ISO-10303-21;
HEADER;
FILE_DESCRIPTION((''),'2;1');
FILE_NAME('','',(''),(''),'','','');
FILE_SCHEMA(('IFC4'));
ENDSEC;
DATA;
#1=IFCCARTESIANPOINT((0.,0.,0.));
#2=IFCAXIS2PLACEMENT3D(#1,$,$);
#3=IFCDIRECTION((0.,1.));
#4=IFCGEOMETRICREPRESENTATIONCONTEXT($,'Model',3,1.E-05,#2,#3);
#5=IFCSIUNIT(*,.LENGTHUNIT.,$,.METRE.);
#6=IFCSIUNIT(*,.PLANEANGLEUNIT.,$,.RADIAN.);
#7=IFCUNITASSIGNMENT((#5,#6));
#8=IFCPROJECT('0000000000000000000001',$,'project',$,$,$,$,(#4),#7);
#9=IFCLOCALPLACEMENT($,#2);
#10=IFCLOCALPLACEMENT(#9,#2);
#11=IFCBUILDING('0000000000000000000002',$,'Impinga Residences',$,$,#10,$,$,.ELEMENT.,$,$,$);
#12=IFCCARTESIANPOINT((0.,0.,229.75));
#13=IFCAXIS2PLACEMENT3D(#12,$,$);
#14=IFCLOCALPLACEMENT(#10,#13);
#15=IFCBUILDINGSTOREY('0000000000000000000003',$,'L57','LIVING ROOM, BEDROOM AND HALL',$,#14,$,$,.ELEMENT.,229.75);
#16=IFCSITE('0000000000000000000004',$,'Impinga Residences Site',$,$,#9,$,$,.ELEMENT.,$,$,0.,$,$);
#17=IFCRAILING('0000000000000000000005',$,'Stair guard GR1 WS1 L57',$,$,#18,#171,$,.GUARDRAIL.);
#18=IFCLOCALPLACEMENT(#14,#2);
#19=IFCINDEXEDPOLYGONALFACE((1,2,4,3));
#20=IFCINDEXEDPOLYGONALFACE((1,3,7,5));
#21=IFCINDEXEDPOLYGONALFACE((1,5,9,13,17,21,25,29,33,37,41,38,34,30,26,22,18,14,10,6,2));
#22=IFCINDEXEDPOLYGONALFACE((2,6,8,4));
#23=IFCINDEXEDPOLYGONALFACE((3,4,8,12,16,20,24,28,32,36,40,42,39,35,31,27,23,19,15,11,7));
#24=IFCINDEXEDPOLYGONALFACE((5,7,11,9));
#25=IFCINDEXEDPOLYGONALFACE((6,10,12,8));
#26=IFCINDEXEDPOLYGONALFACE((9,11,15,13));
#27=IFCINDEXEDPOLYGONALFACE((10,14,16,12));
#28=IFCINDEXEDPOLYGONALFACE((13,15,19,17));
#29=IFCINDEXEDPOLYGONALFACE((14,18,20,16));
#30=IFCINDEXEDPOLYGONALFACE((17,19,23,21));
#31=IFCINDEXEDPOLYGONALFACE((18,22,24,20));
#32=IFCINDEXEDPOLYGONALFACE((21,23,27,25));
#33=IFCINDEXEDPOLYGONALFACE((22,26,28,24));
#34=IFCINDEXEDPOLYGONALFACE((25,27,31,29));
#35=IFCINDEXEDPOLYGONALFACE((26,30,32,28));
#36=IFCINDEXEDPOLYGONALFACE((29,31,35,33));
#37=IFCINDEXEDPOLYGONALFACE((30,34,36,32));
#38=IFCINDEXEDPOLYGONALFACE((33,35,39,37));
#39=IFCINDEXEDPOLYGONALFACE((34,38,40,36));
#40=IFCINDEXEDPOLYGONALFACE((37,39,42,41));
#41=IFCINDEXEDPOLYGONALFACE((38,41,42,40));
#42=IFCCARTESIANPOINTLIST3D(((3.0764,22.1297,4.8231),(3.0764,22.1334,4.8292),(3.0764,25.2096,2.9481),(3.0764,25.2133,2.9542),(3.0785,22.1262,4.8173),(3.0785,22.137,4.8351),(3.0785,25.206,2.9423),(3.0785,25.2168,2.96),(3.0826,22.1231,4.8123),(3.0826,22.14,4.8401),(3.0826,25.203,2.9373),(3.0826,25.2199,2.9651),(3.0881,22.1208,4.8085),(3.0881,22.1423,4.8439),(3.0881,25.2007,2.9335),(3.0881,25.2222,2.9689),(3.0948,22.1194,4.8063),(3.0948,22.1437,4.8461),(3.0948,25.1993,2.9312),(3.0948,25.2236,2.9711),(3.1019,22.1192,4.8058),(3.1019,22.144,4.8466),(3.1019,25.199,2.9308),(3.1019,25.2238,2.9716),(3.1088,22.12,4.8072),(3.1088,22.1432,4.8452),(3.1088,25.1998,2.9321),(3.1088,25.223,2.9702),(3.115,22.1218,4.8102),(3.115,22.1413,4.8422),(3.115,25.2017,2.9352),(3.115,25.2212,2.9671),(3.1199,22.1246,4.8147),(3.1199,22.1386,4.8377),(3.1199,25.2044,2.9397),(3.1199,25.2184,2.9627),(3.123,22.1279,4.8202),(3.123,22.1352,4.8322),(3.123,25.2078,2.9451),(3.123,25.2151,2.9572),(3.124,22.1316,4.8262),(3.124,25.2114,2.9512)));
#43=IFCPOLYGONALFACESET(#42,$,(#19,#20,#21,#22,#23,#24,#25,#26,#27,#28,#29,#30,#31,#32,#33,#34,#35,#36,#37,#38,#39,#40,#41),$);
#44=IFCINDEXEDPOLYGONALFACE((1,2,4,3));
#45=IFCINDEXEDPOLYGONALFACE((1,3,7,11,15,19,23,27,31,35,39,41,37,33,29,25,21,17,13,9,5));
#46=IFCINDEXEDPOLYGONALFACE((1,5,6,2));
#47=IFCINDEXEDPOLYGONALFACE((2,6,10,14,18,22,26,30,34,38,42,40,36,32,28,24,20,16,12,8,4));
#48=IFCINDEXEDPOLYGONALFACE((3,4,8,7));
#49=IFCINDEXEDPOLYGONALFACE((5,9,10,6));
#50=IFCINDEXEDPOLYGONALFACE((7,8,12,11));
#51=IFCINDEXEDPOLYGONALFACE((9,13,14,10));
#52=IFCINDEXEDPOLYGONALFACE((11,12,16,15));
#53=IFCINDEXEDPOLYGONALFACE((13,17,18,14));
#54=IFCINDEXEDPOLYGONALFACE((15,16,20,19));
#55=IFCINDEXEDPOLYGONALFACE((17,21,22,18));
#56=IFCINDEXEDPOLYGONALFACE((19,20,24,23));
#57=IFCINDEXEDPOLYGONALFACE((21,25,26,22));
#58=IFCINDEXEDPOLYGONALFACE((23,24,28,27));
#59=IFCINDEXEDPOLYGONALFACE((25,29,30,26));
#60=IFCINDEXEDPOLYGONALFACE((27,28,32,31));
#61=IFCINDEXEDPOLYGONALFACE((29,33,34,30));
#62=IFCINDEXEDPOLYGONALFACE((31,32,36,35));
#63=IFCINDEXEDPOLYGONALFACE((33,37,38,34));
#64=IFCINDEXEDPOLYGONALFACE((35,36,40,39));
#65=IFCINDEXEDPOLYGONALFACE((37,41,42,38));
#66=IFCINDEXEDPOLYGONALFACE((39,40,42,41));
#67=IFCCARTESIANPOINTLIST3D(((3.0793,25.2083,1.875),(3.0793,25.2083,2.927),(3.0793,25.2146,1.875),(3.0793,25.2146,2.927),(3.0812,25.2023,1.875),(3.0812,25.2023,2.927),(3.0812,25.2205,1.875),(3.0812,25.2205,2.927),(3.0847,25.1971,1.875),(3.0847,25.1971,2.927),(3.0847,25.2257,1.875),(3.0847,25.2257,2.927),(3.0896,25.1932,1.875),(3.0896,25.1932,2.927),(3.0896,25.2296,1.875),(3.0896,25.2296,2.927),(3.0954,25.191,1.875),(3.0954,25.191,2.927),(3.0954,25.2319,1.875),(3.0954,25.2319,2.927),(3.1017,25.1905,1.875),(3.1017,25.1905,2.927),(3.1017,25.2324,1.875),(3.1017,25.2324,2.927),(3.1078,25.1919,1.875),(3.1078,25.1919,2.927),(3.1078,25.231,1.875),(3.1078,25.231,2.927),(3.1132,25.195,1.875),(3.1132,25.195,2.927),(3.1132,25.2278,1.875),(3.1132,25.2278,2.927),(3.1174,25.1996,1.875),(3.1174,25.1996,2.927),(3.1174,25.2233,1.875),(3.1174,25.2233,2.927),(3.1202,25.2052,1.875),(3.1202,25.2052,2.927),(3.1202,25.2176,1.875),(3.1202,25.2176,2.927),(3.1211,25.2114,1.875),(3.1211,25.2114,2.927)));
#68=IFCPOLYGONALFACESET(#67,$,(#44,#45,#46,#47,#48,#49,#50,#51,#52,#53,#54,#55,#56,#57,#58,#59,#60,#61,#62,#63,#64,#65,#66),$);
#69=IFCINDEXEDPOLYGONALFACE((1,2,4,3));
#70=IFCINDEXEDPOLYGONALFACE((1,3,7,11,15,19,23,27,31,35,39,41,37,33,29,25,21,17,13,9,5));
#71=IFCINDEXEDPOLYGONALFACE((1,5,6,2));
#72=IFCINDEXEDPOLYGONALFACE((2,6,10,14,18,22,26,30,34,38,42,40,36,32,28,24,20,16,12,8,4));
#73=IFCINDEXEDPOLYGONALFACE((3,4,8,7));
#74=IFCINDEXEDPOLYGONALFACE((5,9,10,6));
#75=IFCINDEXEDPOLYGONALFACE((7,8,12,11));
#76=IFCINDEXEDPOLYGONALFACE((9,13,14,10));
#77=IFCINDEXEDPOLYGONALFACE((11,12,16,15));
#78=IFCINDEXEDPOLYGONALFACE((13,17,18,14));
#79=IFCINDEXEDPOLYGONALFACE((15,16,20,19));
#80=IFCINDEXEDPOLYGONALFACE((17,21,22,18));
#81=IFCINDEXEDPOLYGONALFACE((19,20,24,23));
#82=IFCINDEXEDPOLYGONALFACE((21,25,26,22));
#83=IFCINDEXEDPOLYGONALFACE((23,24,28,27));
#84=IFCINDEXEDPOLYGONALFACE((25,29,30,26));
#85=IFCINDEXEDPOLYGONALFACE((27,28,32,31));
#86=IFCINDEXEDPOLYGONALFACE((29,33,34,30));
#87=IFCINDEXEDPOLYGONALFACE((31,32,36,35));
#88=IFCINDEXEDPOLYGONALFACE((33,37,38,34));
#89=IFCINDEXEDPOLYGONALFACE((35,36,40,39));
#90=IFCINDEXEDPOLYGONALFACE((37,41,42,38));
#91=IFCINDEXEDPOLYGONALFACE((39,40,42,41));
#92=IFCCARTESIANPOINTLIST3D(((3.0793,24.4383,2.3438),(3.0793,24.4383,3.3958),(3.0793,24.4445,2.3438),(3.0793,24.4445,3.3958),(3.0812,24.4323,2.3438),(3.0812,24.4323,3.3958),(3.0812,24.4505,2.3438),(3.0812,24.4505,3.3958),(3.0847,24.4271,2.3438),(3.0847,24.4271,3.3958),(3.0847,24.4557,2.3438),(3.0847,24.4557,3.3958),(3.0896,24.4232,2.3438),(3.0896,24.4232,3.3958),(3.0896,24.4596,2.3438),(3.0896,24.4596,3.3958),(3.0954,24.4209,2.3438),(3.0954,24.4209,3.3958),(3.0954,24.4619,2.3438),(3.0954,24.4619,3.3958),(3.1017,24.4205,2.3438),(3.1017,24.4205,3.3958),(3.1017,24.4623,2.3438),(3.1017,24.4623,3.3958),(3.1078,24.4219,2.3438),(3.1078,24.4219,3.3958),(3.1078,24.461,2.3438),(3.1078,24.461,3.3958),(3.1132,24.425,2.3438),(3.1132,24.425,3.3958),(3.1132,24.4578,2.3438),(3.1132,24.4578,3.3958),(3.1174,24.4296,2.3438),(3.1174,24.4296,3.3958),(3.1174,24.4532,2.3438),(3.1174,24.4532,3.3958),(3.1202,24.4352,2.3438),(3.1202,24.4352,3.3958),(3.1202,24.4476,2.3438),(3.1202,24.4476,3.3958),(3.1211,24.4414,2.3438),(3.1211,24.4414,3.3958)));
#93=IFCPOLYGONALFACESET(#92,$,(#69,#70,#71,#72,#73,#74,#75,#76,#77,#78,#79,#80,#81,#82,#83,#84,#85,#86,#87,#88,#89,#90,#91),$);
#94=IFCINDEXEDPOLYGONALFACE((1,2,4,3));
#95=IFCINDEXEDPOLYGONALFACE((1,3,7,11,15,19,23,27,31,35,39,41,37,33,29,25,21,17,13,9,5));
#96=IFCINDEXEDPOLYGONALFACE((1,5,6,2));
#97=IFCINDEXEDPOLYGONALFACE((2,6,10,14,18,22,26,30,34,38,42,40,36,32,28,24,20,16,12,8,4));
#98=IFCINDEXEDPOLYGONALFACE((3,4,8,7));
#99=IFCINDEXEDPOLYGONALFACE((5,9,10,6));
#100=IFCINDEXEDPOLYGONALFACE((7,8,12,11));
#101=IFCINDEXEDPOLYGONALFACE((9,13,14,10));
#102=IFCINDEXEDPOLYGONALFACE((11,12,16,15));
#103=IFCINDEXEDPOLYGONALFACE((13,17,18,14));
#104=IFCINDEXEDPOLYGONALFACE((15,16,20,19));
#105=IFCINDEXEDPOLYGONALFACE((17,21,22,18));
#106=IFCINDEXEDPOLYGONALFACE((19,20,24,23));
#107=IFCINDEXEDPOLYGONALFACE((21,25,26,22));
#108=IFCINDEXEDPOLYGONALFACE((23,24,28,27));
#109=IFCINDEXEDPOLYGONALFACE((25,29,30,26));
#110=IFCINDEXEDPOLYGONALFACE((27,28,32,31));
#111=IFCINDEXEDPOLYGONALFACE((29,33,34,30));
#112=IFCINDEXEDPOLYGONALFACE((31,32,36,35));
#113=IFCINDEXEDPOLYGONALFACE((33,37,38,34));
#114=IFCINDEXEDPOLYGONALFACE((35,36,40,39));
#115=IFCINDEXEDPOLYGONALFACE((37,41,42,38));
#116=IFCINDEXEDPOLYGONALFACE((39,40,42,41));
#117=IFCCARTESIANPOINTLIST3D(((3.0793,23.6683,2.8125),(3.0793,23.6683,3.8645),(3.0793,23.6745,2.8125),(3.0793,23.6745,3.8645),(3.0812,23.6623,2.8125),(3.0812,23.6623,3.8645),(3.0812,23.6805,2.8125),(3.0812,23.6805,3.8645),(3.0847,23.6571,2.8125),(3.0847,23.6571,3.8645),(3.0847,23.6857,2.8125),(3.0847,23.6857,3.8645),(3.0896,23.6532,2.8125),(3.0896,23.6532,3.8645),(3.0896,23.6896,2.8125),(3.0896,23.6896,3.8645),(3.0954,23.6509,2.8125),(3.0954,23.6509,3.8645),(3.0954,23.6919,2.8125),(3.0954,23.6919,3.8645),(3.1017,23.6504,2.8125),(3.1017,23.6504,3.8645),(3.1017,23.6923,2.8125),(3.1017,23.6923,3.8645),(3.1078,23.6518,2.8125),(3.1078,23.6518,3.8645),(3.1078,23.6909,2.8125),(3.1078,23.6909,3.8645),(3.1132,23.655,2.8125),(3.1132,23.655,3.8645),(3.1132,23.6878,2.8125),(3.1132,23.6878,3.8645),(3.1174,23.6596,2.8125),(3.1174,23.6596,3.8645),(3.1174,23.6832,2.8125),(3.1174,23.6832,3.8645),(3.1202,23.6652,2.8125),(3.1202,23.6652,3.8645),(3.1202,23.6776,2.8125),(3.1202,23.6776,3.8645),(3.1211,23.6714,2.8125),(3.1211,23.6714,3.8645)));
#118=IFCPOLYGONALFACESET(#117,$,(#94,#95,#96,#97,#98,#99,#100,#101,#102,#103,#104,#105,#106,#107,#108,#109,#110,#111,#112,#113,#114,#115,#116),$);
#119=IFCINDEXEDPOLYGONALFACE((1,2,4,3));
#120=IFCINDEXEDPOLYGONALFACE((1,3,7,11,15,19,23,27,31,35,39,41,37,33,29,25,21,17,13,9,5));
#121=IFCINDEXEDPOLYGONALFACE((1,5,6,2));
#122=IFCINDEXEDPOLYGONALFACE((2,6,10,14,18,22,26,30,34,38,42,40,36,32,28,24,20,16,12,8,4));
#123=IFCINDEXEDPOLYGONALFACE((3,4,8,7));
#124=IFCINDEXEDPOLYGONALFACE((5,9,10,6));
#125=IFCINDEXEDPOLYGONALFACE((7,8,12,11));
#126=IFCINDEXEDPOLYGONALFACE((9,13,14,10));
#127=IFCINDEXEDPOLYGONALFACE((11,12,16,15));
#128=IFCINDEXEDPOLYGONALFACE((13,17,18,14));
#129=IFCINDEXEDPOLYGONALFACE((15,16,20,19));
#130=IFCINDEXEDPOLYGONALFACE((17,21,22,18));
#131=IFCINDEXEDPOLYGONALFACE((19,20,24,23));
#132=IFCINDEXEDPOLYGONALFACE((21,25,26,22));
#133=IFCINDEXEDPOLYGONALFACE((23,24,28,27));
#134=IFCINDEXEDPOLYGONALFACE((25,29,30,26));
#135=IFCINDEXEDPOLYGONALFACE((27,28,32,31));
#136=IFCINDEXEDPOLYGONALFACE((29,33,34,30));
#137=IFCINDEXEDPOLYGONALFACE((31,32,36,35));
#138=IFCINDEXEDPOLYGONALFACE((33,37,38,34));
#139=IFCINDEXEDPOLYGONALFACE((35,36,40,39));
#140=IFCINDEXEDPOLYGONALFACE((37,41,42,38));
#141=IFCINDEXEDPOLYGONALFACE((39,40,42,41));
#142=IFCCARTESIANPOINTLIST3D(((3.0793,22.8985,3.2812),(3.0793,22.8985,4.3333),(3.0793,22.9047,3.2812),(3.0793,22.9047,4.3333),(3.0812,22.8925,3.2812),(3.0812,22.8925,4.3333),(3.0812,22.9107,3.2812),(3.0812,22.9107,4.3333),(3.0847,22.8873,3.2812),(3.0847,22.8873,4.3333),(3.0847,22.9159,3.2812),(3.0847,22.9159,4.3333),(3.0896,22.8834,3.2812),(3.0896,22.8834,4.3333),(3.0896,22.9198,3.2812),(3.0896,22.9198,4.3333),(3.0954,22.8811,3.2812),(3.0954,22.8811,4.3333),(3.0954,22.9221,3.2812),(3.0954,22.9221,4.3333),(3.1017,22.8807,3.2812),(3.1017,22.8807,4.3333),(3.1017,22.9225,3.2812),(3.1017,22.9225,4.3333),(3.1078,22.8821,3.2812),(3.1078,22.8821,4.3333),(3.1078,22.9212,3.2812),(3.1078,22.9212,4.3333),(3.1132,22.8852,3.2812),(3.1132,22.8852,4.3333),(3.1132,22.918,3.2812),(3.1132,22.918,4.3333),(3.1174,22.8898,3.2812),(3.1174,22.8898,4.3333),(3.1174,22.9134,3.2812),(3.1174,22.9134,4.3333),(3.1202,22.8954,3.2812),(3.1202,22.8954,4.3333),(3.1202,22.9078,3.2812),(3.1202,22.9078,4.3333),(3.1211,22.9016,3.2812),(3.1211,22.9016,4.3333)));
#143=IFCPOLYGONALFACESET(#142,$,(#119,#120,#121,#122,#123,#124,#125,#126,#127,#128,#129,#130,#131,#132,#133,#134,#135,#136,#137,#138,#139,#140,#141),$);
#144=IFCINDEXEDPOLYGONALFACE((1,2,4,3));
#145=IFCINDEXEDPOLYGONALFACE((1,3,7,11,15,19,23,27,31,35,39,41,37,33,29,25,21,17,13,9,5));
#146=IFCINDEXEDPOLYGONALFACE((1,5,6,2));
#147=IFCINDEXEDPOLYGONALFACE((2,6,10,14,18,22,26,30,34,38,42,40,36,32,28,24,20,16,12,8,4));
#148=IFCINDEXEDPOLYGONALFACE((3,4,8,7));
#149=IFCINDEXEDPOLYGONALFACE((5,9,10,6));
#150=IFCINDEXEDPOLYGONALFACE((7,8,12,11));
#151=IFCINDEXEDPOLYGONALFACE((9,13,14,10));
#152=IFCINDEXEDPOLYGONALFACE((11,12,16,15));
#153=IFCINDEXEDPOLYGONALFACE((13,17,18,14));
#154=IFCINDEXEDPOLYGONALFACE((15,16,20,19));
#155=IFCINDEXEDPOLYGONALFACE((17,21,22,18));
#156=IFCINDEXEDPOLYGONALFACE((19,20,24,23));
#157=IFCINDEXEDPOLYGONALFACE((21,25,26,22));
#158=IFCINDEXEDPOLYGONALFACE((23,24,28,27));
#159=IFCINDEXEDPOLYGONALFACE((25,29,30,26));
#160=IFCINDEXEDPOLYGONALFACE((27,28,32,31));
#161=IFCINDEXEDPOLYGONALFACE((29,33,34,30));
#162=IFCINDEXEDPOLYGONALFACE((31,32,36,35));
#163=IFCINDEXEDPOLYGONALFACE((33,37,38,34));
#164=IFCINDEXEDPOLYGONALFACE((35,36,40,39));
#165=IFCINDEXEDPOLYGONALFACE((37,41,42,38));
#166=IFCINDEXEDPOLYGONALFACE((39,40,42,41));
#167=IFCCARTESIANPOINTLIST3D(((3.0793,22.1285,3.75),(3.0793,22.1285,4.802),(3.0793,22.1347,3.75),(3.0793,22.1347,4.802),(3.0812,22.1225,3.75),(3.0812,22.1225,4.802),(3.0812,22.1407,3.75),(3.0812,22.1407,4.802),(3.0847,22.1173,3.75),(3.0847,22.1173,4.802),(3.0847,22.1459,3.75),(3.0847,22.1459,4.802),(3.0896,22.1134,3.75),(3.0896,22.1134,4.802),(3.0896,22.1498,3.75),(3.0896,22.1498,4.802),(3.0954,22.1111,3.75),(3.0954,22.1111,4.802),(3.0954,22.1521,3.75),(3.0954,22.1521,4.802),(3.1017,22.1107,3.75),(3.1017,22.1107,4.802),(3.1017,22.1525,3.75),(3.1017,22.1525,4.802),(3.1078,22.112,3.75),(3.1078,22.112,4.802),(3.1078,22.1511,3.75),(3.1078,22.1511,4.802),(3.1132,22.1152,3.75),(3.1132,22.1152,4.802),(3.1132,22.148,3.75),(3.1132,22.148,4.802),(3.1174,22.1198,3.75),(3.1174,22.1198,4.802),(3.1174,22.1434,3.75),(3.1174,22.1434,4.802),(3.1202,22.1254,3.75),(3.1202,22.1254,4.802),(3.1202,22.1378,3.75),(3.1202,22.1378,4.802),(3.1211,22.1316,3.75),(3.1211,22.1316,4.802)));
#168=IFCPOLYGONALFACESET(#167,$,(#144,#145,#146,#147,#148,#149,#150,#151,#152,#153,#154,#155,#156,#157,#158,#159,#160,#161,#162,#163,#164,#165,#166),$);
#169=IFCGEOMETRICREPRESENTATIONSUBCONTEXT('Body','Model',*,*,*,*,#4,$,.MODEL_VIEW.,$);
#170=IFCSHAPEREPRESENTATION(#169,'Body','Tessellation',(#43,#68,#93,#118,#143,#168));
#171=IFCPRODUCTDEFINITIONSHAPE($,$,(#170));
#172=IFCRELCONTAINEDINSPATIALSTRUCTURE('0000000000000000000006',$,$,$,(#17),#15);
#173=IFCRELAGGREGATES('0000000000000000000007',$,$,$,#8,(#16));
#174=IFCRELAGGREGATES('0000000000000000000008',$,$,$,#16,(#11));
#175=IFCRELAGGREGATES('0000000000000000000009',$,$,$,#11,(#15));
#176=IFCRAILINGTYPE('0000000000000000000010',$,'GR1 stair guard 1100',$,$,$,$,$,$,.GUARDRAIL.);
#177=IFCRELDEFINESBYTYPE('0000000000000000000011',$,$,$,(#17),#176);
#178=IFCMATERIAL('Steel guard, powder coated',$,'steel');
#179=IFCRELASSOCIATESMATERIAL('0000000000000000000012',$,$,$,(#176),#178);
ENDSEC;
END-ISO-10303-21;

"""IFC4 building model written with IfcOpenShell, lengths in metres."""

from ifc_helpers import new_model, si_unit, direction, frame, origin, origin_2d, place, context, subcontext, project, spatial, circle, extrude, material, type_object, element, save


model = new_model("IFC4")

# Units and contexts
model_context = context("Model", 3, precision=1e-05, world=origin(), true_north=direction((0.0, 1.0)))
body_context = subcontext(model_context, "Body", "Model", "MODEL_VIEW")
ifc_project = project(units=[si_unit("LENGTHUNIT", "METRE"), si_unit("PLANEANGLEUNIT", "RADIAN")], contexts=[model_context])

# Site, building, storey
site_placement = place(None, origin())
site = spatial("IfcSite", under=ifc_project, at=site_placement, Name="Impinga Residences Site", CompositionType="ELEMENT", RefElevation=0.0)
building_placement = place(site_placement, origin())
building = spatial("IfcBuilding", under=site, at=building_placement, Name="Impinga Residences", CompositionType="ELEMENT")
storey_placement = place(building_placement, frame((0.0, 0.0, 229.75)))
storey = spatial("IfcBuildingStorey", under=building, at=storey_placement, Name="L57", Description="LIVING ROOM, BEDROOM AND HALL", CompositionType="ELEMENT", Elevation=229.75)

# Railing
ifc_material_1 = material(Name="Steel guard, powder coated", Category="steel")
railing_type_1 = type_object("IfcRailingType", Name="GR1 stair guard 1100", PredefinedType="GUARDRAIL", material=ifc_material_1)
railing_1_placement = place(storey_placement, frame((3.1001, 25.2114, 1.875)))
element("IfcRailing", 1, at=railing_1_placement, inside=storey, type_object=railing_type_1, Name="Stair guard GR1 WS1 L57", PredefinedType="GUARDRAIL", context=body_context, shape_type="SweptSolid", body=[
    extrude(circle(Radius=0.0239, at=origin_2d()), frame((0.0, 0.0, 1.0762), z_axis=(0.0, -0.854159, 0.520011), x_axis=(1.0, 0.0, 0.0)), (0.0, 0.0, 1.0), 3.6057),
    extrude(circle(Radius=0.021, at=origin_2d()), origin(), (0.0, 0.0, 1.0), 1.052),
    extrude(circle(Radius=0.021, at=origin_2d()), frame((0.0, -0.77, 0.4688)), (0.0, 0.0, 1.0), 1.052),
    extrude(circle(Radius=0.021, at=origin_2d()), frame((0.0, -1.54, 0.9375)), (0.0, 0.0, 1.0), 1.052),
    extrude(circle(Radius=0.021, at=origin_2d()), frame((0.0, -2.3098, 1.4062)), (0.0, 0.0, 1.0), 1.052),
    extrude(circle(Radius=0.021, at=origin_2d()), frame((0.0, -3.0798, 1.875)), (0.0, 0.0, 1.0), 1.052),
])

save(model, "model.ifc")
